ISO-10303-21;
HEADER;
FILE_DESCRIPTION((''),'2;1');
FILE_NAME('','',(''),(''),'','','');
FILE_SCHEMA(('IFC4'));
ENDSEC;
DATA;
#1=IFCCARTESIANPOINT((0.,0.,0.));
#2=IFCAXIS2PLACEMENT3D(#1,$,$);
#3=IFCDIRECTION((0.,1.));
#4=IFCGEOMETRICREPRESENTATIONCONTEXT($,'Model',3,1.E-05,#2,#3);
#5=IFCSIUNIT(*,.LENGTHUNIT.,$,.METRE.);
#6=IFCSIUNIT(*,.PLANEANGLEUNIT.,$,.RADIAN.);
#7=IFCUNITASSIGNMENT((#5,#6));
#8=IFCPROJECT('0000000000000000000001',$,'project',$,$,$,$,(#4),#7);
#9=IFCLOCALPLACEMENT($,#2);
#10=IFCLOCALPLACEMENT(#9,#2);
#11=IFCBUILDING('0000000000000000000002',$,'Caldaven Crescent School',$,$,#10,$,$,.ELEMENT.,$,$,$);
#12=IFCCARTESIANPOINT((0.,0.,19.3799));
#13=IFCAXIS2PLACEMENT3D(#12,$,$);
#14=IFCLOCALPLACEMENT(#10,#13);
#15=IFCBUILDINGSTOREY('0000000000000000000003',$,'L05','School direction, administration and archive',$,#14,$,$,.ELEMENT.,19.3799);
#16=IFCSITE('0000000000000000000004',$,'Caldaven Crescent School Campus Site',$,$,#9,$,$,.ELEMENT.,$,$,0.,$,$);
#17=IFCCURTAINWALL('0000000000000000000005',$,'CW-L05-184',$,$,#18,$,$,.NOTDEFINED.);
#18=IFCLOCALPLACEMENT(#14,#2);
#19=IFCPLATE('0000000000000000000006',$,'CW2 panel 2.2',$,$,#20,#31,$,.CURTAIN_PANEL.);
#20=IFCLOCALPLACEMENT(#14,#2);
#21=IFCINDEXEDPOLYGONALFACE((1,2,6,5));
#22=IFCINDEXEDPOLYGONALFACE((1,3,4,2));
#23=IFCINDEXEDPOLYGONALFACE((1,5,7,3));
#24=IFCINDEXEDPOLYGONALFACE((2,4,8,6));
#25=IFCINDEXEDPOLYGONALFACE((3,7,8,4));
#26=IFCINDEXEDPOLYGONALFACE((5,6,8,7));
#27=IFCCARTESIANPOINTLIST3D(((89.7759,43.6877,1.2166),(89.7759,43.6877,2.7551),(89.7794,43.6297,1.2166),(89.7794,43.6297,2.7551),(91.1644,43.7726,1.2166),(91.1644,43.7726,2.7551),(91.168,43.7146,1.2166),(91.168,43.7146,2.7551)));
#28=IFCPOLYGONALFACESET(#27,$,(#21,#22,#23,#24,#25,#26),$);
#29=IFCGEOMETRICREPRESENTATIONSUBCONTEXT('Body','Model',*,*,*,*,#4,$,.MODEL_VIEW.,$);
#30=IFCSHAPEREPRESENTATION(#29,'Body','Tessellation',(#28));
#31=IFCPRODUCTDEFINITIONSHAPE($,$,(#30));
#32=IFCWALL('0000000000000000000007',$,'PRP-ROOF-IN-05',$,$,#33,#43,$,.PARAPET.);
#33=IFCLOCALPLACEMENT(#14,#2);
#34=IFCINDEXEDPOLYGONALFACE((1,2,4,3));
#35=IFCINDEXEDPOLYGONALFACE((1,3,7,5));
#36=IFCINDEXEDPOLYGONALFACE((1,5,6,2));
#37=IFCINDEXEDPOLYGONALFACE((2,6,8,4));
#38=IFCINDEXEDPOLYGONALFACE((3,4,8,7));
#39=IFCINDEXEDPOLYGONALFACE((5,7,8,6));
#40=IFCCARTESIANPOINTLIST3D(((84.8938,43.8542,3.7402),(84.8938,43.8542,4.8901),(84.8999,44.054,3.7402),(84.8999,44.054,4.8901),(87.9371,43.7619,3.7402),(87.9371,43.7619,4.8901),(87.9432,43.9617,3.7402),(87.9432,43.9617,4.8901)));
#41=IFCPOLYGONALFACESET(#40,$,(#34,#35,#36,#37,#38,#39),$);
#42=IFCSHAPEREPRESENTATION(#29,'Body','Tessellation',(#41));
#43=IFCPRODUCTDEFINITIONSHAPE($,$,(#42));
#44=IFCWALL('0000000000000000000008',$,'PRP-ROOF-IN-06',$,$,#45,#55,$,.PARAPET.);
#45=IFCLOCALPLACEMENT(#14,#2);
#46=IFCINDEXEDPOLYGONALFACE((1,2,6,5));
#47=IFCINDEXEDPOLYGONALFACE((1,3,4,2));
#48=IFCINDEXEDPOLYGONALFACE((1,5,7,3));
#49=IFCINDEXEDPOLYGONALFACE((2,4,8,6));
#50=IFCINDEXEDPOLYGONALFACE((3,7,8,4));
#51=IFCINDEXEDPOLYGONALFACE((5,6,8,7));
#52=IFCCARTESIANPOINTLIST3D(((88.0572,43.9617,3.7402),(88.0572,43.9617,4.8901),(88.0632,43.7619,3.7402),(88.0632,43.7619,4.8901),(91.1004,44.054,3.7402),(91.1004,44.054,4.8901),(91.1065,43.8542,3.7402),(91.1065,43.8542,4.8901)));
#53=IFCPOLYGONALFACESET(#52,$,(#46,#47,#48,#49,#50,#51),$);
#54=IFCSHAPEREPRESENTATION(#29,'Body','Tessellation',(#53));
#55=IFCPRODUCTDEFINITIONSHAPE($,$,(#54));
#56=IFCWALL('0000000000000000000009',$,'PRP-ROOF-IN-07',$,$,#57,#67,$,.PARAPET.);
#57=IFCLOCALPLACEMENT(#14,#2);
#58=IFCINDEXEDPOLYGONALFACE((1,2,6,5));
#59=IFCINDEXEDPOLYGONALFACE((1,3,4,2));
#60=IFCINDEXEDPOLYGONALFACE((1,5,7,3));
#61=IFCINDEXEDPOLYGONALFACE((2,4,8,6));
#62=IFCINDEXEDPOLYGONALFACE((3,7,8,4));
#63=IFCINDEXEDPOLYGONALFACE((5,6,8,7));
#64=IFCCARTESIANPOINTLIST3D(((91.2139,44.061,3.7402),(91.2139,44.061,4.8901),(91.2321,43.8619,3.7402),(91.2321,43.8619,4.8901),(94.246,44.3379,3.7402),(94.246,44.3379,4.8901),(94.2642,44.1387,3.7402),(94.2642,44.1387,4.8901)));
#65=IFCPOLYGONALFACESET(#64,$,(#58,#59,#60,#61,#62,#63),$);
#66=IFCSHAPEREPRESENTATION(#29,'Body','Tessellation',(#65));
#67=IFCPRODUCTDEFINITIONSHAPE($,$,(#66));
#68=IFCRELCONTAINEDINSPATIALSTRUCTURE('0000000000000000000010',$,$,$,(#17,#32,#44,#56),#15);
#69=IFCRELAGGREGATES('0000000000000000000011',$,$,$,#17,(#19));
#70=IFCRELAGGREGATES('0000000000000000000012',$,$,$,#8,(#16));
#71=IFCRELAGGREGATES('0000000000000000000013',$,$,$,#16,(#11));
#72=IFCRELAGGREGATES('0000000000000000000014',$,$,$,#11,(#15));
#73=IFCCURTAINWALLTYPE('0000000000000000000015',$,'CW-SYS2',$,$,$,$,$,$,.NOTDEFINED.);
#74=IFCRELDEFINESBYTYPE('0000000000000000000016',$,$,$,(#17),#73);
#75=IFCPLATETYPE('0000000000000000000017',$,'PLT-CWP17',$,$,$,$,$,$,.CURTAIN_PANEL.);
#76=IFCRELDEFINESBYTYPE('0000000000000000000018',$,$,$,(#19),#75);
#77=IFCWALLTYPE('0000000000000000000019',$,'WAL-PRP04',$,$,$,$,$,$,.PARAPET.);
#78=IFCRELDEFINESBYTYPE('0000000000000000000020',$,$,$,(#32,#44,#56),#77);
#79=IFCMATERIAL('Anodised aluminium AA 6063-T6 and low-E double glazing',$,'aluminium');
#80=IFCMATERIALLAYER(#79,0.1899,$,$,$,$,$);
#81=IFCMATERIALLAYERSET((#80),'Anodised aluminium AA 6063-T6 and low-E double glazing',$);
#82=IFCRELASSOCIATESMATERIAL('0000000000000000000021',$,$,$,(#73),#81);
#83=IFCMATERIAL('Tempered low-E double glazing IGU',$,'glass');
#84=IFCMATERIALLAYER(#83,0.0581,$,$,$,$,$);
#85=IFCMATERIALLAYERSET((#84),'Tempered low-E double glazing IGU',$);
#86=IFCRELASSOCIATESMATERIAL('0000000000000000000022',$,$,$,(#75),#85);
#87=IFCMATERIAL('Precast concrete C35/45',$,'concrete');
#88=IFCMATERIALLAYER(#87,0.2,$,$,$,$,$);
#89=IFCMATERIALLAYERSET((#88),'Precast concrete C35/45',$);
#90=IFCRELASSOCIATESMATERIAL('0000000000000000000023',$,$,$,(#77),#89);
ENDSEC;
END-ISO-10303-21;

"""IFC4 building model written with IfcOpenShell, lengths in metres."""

from ifc_helpers import new_model, si_unit, direction, frame, frame_2d, origin, origin_2d, place, context, subcontext, project, spatial, rectangle, extrude, material, layer, layer_set, type_object, element, aggregate, save


model = new_model("IFC4")

# Units and contexts
model_context = context("Model", 3, precision=1e-05, world=origin(), true_north=direction((0.0, 1.0)))
body_context = subcontext(model_context, "Body", "Model", "MODEL_VIEW")
ifc_project = project(units=[si_unit("LENGTHUNIT", "METRE"), si_unit("PLANEANGLEUNIT", "RADIAN")], contexts=[model_context])

# Site, building, storey
site_placement = place(None, origin())
site = spatial("IfcSite", under=ifc_project, at=site_placement, Name="Caldaven Crescent School Campus Site", CompositionType="ELEMENT", RefElevation=0.0)
building_placement = place(site_placement, origin())
building = spatial("IfcBuilding", under=site, at=building_placement, Name="Caldaven Crescent School", CompositionType="ELEMENT")
storey_placement = place(building_placement, frame((0.0, 0.0, 19.3799)))
storey = spatial("IfcBuildingStorey", under=building, at=storey_placement, Name="L05", Description="School direction, administration and archive", CompositionType="ELEMENT", Elevation=19.3799)

# Curtain wall
ifc_material_1 = material(Name="Anodised aluminium AA 6063-T6 and low-E double glazing", Category="aluminium")
ifc_layer_1 = layer(ifc_material_1, 0.1899)
ifc_layer_set_1 = layer_set([ifc_layer_1], Name="Anodised aluminium AA 6063-T6 and low-E double glazing")
curtain_wall_type_1 = type_object("IfcCurtainWallType", Name="CW-SYS2", PredefinedType="NOTDEFINED", material=ifc_layer_set_1)
curtain_wall_1_placement = place(storey_placement, origin())
curtain_wall_1 = element("IfcCurtainWall", 1, at=curtain_wall_1_placement, inside=storey, type_object=curtain_wall_type_1, Name="CW-L05-184", PredefinedType="NOTDEFINED")

# Plate
ifc_material_2 = material(Name="Tempered low-E double glazing IGU", Category="glass")
ifc_layer_2 = layer(ifc_material_2, 0.0581)
ifc_layer_set_2 = layer_set([ifc_layer_2], Name="Tempered low-E double glazing IGU")
plate_type_1 = type_object("IfcPlateType", Name="PLT-CWP17", PredefinedType="CURTAIN_PANEL", material=ifc_layer_set_2)
plate_1_placement = place(storey_placement, frame((90.4719, 43.7012, 1.2166), z_axis=(0.0, 0.0, 1.0), x_axis=(0.998135, 0.061049, 0.0)))
plate_1 = element("IfcPlate", 2, at=plate_1_placement, type_object=plate_type_1, Name="CW2 panel 2.2", PredefinedType="CURTAIN_PANEL", context=body_context, shape_type="SweptSolid", body=[
    extrude(rectangle(XDim=1.3911, YDim=0.0581, at=origin_2d()), origin(), (0.0, 0.0, 1.0), 1.5386),
])
aggregate(curtain_wall_1, [plate_1])

# Walls
ifc_material_3 = material(Name="Precast concrete C35/45", Category="concrete")
ifc_layer_3 = layer(ifc_material_3, 0.2)
ifc_layer_set_3 = layer_set([ifc_layer_3], Name="Precast concrete C35/45")
wall_type = type_object("IfcWallType", Name="WAL-PRP04", PredefinedType="PARAPET", material=ifc_layer_set_3)
for number, where, z_axis, x_axis, name in (
    (3, (84.8967, 43.9541, 3.7402), (0.0, 0.0, 1.0), (0.999541, -0.030311, 0.0), "PRP-ROOF-IN-05"),
    (4, (88.0601, 43.8618, 3.7402), (0.0, 0.0, 1.0), (0.999541, 0.030311, 0.0), "PRP-ROOF-IN-06"),
    (5, (91.2229, 43.9614, 3.7402), (0.0, 0.0, 1.0), (0.995857, 0.090933, 0.0), "PRP-ROOF-IN-07"),
):
    element("IfcWall", number, at=place(storey_placement, frame(where, z_axis=z_axis, x_axis=x_axis)), inside=storey, type_object=wall_type, Name=name, PredefinedType="PARAPET", context=body_context, shape_type="SweptSolid", body=[
        extrude(rectangle(XDim=3.0447, YDim=0.2, at=frame_2d((1.5225, 0.0))), origin(), (0.0, 0.0, 1.0), 1.1499),
    ])

save(model, "model.ifc")
